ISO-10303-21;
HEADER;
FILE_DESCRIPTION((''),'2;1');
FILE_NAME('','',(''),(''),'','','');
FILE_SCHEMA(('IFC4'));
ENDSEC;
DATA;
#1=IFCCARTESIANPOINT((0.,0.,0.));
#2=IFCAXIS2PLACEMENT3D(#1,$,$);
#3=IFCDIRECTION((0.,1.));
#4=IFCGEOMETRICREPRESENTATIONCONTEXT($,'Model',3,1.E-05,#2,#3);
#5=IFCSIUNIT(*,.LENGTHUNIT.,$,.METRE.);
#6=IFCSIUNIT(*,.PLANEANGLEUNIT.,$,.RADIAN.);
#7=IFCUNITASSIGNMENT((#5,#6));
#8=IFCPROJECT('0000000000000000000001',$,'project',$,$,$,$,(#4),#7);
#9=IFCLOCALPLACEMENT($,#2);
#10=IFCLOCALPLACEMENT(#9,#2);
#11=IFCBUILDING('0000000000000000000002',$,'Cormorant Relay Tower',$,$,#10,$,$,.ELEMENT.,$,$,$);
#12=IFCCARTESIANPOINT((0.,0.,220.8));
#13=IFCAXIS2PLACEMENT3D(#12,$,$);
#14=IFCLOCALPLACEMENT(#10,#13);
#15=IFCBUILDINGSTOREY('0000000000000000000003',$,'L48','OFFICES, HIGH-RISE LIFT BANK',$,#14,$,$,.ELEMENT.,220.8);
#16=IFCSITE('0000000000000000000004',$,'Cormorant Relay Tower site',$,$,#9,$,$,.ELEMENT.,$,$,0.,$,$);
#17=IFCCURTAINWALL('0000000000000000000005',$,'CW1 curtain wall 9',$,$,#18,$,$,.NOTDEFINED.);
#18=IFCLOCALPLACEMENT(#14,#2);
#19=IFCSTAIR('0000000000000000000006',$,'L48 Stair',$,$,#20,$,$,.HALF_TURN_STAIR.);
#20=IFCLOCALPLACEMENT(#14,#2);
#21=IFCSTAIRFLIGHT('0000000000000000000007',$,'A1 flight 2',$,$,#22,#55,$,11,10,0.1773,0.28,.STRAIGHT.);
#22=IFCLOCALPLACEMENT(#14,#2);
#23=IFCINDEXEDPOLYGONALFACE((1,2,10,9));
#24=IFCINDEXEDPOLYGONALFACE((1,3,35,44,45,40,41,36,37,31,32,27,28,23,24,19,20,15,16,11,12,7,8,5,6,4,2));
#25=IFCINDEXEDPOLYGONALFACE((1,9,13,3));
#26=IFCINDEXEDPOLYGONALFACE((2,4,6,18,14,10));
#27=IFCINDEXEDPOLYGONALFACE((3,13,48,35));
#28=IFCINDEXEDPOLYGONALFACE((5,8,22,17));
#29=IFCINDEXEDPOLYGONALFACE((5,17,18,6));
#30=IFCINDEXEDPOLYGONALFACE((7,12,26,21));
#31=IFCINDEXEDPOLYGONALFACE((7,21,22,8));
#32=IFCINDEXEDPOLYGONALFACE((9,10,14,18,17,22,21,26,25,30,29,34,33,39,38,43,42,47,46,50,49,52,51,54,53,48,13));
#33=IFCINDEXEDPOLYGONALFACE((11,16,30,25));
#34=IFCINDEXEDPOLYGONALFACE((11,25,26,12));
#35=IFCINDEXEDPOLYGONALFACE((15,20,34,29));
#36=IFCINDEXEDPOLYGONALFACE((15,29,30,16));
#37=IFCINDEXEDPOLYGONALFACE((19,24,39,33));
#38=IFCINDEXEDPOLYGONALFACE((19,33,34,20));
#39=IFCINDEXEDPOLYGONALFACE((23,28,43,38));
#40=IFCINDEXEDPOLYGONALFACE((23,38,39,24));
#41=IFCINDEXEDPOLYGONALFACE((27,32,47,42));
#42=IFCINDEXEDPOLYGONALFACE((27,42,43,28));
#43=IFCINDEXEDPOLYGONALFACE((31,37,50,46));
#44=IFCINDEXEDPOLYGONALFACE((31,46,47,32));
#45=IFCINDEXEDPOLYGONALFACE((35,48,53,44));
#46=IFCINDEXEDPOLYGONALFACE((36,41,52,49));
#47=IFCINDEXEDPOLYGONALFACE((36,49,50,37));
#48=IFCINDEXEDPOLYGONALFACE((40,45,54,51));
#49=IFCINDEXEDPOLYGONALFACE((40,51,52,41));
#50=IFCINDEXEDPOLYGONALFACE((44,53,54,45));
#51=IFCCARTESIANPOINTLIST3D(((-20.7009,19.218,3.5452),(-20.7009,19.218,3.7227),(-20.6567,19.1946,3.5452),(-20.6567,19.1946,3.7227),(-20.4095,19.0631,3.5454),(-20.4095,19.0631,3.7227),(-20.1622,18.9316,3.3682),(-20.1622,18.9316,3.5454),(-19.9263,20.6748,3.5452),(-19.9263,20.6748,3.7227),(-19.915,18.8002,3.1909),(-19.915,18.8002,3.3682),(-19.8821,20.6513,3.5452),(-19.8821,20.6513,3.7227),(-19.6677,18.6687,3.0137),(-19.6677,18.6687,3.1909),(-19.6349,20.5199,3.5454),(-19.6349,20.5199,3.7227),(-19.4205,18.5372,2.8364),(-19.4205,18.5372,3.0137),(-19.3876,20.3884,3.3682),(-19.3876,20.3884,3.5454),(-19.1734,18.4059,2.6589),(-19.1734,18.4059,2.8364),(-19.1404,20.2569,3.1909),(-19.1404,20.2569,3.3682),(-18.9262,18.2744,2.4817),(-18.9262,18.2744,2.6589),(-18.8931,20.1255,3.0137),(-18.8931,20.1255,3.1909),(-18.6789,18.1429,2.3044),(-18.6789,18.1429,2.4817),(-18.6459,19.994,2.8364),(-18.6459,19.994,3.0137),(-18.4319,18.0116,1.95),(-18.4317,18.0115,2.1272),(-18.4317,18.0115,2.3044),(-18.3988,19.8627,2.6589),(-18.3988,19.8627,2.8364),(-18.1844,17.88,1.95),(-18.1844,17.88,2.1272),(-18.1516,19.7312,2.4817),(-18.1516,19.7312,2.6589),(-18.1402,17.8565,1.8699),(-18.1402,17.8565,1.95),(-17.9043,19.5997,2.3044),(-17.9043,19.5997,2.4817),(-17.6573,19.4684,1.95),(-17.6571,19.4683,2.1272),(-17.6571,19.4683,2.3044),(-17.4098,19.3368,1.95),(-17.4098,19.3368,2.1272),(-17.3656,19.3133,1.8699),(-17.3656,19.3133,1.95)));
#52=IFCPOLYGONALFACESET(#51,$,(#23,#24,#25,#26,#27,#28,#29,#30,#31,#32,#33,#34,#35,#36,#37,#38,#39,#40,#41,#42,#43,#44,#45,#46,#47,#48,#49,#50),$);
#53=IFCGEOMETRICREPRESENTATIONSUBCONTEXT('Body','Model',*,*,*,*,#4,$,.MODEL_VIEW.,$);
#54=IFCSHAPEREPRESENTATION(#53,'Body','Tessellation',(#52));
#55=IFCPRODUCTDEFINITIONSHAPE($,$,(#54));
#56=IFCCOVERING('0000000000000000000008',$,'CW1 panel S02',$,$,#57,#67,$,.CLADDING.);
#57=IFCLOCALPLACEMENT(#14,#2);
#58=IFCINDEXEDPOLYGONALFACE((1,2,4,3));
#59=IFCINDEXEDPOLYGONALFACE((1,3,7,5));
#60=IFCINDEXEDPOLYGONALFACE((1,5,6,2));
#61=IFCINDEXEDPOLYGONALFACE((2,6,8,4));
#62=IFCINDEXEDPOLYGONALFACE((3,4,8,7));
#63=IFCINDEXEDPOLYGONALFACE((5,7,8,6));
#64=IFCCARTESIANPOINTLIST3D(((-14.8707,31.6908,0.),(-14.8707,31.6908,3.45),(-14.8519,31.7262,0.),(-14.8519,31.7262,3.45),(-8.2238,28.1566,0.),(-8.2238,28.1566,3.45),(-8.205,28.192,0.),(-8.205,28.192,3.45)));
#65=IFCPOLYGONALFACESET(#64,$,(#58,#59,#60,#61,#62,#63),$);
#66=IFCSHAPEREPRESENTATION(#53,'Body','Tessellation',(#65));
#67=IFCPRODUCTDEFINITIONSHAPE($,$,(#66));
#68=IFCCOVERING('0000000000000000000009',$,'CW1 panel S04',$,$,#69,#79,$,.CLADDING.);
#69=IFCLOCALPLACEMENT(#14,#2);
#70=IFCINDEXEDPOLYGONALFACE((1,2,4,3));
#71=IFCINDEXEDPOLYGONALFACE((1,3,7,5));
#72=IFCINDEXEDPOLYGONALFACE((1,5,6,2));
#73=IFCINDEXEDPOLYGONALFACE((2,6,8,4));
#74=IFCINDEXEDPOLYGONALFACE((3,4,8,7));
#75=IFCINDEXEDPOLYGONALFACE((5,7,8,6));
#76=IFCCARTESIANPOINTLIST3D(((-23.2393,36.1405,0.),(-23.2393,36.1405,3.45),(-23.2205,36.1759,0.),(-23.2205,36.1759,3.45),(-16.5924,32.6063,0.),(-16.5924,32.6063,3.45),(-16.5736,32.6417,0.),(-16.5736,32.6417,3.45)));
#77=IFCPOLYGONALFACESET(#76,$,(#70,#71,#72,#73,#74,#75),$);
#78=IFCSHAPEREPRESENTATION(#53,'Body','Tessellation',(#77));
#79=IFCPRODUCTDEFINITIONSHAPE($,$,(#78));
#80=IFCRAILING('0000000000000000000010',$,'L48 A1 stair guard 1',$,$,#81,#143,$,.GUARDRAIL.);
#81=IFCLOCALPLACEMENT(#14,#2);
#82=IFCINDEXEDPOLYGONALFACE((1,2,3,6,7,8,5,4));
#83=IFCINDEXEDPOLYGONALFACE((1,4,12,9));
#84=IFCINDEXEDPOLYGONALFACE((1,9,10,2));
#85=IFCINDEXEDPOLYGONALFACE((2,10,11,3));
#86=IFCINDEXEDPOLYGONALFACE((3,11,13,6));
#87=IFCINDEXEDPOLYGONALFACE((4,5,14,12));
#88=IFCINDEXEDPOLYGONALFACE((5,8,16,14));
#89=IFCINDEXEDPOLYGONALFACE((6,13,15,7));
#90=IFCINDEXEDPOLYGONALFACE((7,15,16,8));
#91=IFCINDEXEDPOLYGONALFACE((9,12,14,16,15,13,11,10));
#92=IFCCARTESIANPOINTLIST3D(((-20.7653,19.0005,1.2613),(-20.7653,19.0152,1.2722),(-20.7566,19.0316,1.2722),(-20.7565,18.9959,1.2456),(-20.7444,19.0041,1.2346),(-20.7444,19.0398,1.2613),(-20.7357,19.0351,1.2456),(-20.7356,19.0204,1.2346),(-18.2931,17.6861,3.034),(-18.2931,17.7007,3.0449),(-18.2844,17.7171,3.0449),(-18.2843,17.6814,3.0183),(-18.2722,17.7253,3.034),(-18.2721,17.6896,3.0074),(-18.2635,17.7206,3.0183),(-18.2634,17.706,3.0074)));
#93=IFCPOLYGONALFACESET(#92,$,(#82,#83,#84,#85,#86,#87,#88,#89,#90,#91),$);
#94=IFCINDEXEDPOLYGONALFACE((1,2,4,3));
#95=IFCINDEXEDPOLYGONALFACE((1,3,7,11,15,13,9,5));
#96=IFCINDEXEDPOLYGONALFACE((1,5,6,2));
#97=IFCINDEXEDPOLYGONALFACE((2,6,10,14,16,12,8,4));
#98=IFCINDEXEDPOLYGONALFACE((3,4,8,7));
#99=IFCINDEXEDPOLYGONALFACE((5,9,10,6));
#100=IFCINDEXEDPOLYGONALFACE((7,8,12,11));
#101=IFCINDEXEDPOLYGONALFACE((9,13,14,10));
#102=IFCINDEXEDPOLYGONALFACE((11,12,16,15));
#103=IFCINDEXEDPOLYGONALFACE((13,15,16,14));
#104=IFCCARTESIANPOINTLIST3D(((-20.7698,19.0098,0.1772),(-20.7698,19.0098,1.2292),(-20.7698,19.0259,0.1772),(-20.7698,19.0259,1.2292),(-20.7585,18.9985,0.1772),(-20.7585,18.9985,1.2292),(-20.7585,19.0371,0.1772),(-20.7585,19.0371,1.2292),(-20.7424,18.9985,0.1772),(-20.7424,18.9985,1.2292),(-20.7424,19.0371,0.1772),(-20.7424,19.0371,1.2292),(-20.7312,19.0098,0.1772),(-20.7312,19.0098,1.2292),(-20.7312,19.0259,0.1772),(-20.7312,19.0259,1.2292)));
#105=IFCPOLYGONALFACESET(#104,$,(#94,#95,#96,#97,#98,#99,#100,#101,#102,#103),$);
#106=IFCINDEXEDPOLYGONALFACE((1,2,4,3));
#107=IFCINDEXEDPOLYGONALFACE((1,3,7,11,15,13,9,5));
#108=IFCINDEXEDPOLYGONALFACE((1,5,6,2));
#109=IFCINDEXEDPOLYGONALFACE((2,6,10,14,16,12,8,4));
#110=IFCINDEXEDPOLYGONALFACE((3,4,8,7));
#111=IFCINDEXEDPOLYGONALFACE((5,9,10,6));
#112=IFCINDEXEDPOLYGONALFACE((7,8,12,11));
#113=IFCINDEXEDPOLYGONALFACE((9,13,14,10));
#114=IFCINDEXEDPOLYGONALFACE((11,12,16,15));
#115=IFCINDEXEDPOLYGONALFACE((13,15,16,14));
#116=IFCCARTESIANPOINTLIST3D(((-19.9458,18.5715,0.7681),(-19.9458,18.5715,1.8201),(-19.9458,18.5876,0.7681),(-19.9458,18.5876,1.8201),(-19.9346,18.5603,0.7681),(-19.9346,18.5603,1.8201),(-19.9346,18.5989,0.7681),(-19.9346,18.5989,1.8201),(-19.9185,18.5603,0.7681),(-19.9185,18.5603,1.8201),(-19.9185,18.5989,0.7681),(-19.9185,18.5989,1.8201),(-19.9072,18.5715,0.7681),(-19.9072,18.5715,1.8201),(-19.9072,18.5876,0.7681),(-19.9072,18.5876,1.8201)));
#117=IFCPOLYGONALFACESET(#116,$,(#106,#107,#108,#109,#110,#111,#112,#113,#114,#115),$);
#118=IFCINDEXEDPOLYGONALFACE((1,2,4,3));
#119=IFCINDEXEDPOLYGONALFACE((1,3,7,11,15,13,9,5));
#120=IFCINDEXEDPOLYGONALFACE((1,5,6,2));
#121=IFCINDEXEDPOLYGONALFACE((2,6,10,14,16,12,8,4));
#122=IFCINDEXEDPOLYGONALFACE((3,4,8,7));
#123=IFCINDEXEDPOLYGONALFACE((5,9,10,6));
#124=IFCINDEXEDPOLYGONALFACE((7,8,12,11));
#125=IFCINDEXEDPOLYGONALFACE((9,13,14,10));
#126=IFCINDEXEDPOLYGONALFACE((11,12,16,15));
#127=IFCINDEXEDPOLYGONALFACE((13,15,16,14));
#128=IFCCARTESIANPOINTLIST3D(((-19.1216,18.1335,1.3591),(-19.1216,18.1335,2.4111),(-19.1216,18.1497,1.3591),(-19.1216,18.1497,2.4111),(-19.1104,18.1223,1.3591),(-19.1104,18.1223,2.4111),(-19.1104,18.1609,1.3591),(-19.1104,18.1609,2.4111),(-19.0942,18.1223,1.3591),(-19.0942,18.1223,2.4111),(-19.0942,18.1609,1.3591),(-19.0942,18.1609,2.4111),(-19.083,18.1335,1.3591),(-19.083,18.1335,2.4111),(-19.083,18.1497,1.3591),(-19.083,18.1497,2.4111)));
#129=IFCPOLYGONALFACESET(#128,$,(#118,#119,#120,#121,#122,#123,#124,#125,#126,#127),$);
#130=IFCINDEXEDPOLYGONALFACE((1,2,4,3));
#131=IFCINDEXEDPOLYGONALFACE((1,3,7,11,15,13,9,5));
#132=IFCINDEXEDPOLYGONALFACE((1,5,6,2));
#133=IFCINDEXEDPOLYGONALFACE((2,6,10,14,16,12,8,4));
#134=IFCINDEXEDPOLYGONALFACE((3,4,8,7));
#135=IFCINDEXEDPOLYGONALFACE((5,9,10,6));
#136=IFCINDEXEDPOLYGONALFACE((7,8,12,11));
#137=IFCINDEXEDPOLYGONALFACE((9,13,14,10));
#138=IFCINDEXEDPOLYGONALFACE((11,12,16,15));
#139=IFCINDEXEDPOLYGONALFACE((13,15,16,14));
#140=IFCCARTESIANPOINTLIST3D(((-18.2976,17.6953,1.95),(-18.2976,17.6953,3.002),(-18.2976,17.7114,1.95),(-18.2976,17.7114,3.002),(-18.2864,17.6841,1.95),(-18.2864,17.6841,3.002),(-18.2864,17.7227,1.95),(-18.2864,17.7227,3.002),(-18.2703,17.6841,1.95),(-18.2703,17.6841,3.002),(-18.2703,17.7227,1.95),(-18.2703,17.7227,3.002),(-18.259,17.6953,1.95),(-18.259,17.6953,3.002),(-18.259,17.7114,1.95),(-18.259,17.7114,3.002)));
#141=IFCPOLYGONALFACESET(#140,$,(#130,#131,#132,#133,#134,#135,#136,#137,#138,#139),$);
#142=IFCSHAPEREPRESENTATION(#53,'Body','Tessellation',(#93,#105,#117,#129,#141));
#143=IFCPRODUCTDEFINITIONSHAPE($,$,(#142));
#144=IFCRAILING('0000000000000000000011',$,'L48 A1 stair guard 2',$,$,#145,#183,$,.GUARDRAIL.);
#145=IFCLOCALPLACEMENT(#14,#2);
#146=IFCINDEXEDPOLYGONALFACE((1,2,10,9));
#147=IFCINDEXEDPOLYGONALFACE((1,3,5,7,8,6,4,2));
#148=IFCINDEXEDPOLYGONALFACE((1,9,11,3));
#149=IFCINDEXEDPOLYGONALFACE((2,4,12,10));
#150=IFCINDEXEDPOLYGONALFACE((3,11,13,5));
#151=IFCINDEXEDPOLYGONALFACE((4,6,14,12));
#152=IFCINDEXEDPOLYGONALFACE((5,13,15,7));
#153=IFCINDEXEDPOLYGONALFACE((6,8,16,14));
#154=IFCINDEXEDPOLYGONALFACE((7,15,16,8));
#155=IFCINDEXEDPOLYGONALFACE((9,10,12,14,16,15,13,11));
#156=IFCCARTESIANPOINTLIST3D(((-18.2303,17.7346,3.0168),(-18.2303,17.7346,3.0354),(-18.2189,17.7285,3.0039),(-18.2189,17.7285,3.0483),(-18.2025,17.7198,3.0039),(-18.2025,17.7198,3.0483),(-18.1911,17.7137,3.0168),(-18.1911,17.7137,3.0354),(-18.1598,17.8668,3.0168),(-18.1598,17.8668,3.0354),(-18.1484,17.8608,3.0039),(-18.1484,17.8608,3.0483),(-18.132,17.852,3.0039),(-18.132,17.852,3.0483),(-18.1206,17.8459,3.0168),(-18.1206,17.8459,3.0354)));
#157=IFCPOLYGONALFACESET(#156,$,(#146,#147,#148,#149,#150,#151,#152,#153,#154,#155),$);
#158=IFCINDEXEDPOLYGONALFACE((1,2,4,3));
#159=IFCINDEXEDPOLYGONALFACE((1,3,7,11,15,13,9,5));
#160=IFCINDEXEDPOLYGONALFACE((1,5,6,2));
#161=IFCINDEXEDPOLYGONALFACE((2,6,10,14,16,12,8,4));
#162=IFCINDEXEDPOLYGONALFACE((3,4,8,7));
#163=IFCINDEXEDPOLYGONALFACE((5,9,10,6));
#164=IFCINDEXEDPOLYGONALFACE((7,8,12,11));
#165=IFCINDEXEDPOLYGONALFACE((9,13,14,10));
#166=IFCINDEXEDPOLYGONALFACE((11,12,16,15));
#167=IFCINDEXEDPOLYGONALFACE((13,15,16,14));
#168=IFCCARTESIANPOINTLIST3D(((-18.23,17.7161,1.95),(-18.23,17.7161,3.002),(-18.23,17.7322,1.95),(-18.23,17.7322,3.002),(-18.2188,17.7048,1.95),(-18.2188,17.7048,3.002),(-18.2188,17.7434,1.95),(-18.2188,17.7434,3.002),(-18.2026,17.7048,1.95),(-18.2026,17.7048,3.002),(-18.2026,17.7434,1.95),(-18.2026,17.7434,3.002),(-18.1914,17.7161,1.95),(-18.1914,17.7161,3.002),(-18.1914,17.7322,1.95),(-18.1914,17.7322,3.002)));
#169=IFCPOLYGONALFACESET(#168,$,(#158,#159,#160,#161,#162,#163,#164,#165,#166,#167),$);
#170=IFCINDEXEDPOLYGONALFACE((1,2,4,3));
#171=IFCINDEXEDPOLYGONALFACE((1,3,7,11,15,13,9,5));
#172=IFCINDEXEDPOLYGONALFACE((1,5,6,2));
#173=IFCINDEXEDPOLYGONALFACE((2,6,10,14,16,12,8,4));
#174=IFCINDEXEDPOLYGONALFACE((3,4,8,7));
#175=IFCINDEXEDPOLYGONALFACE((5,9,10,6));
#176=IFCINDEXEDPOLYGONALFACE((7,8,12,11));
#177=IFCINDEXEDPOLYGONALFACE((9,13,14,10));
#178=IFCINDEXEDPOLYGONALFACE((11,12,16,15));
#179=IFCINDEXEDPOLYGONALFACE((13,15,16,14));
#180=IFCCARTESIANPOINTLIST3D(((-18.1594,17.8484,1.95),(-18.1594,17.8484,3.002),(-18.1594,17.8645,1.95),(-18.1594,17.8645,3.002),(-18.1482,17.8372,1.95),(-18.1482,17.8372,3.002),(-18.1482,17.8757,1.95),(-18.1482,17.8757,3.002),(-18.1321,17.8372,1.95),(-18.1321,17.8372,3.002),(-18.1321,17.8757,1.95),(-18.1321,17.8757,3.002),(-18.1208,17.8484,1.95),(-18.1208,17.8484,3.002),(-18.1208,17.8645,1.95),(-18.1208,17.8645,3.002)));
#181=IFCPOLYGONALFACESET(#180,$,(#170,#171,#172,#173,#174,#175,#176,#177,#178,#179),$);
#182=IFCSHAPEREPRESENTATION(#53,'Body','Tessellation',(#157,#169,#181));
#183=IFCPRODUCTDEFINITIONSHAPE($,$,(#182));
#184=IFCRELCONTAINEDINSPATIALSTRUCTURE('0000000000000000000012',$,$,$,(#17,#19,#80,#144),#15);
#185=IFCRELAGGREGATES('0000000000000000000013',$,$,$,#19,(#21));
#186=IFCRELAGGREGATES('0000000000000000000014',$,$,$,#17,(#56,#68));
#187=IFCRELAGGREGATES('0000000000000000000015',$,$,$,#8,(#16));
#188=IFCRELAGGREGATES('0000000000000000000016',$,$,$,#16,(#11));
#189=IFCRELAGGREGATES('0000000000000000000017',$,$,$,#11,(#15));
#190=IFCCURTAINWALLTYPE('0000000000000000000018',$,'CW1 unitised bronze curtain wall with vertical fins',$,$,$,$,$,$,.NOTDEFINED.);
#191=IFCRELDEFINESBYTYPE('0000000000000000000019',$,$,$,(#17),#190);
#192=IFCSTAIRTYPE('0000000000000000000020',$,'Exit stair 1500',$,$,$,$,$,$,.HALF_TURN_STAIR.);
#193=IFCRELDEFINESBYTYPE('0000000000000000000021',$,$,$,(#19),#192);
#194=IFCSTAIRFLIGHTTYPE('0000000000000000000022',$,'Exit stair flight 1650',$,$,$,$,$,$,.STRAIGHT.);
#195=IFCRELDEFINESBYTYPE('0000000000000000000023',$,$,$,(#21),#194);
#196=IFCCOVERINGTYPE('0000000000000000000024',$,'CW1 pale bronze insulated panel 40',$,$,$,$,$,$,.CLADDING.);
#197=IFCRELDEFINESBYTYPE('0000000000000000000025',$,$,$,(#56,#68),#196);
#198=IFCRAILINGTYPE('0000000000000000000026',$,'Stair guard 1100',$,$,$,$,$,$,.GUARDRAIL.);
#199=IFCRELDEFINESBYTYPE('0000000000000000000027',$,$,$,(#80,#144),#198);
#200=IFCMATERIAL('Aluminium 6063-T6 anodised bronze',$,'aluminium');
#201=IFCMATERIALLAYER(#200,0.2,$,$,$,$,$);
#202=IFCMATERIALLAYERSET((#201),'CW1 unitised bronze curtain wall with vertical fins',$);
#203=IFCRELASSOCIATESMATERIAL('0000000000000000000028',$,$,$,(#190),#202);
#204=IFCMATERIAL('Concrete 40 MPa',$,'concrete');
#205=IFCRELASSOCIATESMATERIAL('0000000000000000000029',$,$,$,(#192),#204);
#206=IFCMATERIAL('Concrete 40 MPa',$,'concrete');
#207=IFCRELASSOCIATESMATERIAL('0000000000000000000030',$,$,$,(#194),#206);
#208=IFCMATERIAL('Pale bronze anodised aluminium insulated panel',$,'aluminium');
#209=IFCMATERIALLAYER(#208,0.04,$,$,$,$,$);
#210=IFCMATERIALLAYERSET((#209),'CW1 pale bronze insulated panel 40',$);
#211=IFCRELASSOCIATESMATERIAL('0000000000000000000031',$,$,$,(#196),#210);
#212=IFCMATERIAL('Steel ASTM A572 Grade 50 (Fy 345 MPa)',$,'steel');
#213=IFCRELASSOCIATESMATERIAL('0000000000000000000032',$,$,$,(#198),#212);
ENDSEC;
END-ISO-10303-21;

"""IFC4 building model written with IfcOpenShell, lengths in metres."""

from ifc_helpers import new_model, si_unit, direction, frame, origin, origin_2d, place, context, subcontext, project, spatial, polyline, rectangle, outline, extrude, material, layer, layer_set, type_object, element, aggregate, save


model = new_model("IFC4")

# Units and contexts
model_context = context("Model", 3, precision=1e-05, world=origin(), true_north=direction((0.0, 1.0)))
body_context = subcontext(model_context, "Body", "Model", "MODEL_VIEW")
ifc_project = project(units=[si_unit("LENGTHUNIT", "METRE"), si_unit("PLANEANGLEUNIT", "RADIAN")], contexts=[model_context])

# Site, building, storey
site_placement = place(None, origin())
site = spatial("IfcSite", under=ifc_project, at=site_placement, Name="Cormorant Relay Tower site", CompositionType="ELEMENT", RefElevation=0.0)
building_placement = place(site_placement, origin())
building = spatial("IfcBuilding", under=site, at=building_placement, Name="Cormorant Relay Tower", CompositionType="ELEMENT")
storey_placement = place(building_placement, frame((0.0, 0.0, 220.8)))
storey = spatial("IfcBuildingStorey", under=building, at=storey_placement, Name="L48", Description="OFFICES, HIGH-RISE LIFT BANK", CompositionType="ELEMENT", Elevation=220.8)

# Curtain wall
ifc_material_1 = material(Name="Aluminium 6063-T6 anodised bronze", Category="aluminium")
ifc_layer_1 = layer(ifc_material_1, 0.2)
ifc_layer_set_1 = layer_set([ifc_layer_1], Name="CW1 unitised bronze curtain wall with vertical fins")
curtain_wall_type = type_object("IfcCurtainWallType", Name="CW1 unitised bronze curtain wall with vertical fins", PredefinedType="NOTDEFINED", material=ifc_layer_set_1)
curtain_wall_placement = place(storey_placement, origin())
curtain_wall = element("IfcCurtainWall", 1, at=curtain_wall_placement, inside=storey, type_object=curtain_wall_type, Name="CW1 curtain wall 9", PredefinedType="NOTDEFINED")

# Stair, stair flight
ifc_material_2 = material(Name="Concrete 40 MPa", Category="concrete")
stair_type = type_object("IfcStairType", Name="Exit stair 1500", PredefinedType="HALF_TURN_STAIR", material=ifc_material_2)
stair_placement = place(storey_placement, origin())
stair = element("IfcStair", 2, at=stair_placement, inside=storey, type_object=stair_type, Name="L48 Stair", PredefinedType="HALF_TURN_STAIR")
ifc_material_3 = material(Name="Concrete 40 MPa", Category="concrete")
stair_flight_type = type_object("IfcStairFlightType", Name="Exit stair flight 1650", PredefinedType="STRAIGHT", material=ifc_material_3)
stair_flight_1_placement = place(storey_placement, frame((-17.7971, 18.6084, 1.95), z_axis=(0.0, 0.0, 1.0), x_axis=(-0.882948, 0.469472, 0.0)))
stair_flight_1 = element("IfcStairFlight", 3, at=stair_flight_1_placement, type_object=stair_flight_type, Name="A1 flight 2", NumberOfRisers=11, NumberOfTreads=10, PredefinedType="STRAIGHT", RiserHeight=0.1773, TreadLength=0.28, context=body_context, shape_type="SweptSolid", body=[
    extrude(outline(polyline([(-0.05, -0.0801), (-0.05, 0.0), (0.0, 0.0), (0.0, 0.1772), (0.28, 0.1772), (0.28, 0.3545), (0.5601, 0.3545), (0.5601, 0.5317), (0.8401, 0.5317), (0.8401, 0.709), (1.1201, 0.709), (1.1201, 0.8865), (1.3999, 0.8865), (1.3999, 1.0637), (1.6799, 1.0637), (1.6799, 1.241), (1.96, 1.241), (1.96, 1.4182), (2.24, 1.4182), (2.24, 1.5955), (2.52, 1.5955), (2.52, 1.7727), (2.8, 1.7727), (2.8501, 1.7727), (2.8501, 1.5952), (2.8, 1.5952), (0.2803, 0.0), (-0.05, -0.0801)])), frame((0.0, 0.825, 0.0), z_axis=(0.0, -1.0, 0.0), x_axis=(1.0, 0.0, 0.0)), (0.0, 0.0, 1.0), 1.6499),
])
aggregate(stair, [stair_flight_1])

# Coverings
ifc_material_4 = material(Name="Pale bronze anodised aluminium insulated panel", Category="aluminium")
ifc_layer_2 = layer(ifc_material_4, 0.04)
ifc_layer_set_2 = layer_set([ifc_layer_2], Name="CW1 pale bronze insulated panel 40")
covering_type = type_object("IfcCoveringType", Name="CW1 pale bronze insulated panel 40", PredefinedType="CLADDING", material=ifc_layer_set_2)
covering_1_placement = place(storey_placement, frame((-11.5378, 29.9414, 0.0), z_axis=(0.0, 0.0, 1.0), x_axis=(-0.882948, 0.469472, 0.0)))
covering_1 = element("IfcCovering", 4, at=covering_1_placement, type_object=covering_type, Name="CW1 panel S02", PredefinedType="CLADDING", context=body_context, shape_type="SweptSolid", body=[
    extrude(rectangle(XDim=7.5281, YDim=0.04, at=origin_2d()), origin(), (0.0, 0.0, 1.0), 3.45),
])
covering_2_placement = place(storey_placement, frame((-19.9065, 34.3911, 0.0), z_axis=(0.0, 0.0, 1.0), x_axis=(-0.882948, 0.469472, 0.0)))
covering_2 = element("IfcCovering", 5, at=covering_2_placement, type_object=covering_type, Name="CW1 panel S04", PredefinedType="CLADDING", context=body_context, shape_type="SweptSolid", body=[
    extrude(rectangle(XDim=7.5281, YDim=0.04, at=origin_2d()), origin(), (0.0, 0.0, 1.0), 3.45),
])
aggregate(curtain_wall, [covering_1, covering_2])

# Railings
ifc_material_5 = material(Name="Steel ASTM A572 Grade 50 (Fy 345 MPa)", Category="steel")
railing_type_1 = type_object("IfcRailingType", Name="Stair guard 1100", PredefinedType="GUARDRAIL", material=ifc_material_5)
railing_1_placement = place(storey_placement, frame((-20.7505, 19.0178, 0.1772)))
element("IfcRailing", 6, at=railing_1_placement, inside=storey, type_object=railing_type_1, Name="L48 A1 stair guard 1", PredefinedType="GUARDRAIL", context=body_context, shape_type="SweptSolid", body=[
    extrude(outline(polyline([(0.0222, 0.0093), (0.0093, 0.0222), (-0.0093, 0.0222), (-0.0222, 0.0093), (-0.0222, -0.0093), (-0.0093, -0.0222), (0.0093, -0.0222), (0.0222, -0.0093), (0.0222, 0.0093)])), frame((0.0, 0.0, 1.0762), z_axis=(0.746001, -0.396649, 0.534931), x_axis=(0.469465, 0.882951, 0.0)), (0.0, 0.0, 1.0), 3.314),
    extrude(outline(polyline([(0.0193, 0.0081), (0.0081, 0.0193), (-0.0081, 0.0193), (-0.0193, 0.0081), (-0.0193, -0.0081), (-0.0081, -0.0193), (0.0081, -0.0193), (0.0193, -0.0081), (0.0193, 0.0081)])), origin(), (0.0, 0.0, 1.0), 1.052),
    extrude(outline(polyline([(0.0193, 0.0081), (0.0081, 0.0193), (-0.0081, 0.0193), (-0.0193, 0.0081), (-0.0193, -0.0081), (-0.0081, -0.0193), (0.0081, -0.0193), (0.0193, -0.0081), (0.0193, 0.0081)])), frame((0.824, -0.4382, 0.5908)), (0.0, 0.0, 1.0), 1.052),
    extrude(outline(polyline([(0.0193, 0.0081), (0.0081, 0.0193), (-0.0081, 0.0193), (-0.0193, 0.0081), (-0.0193, -0.0081), (-0.0081, -0.0193), (0.0081, -0.0193), (0.0193, -0.0081), (0.0193, 0.0081)])), frame((1.6482, -0.8762, 1.1819)), (0.0, 0.0, 1.0), 1.052),
    extrude(outline(polyline([(0.0193, 0.0081), (0.0081, 0.0193), (-0.0081, 0.0193), (-0.0193, 0.0081), (-0.0193, -0.0081), (-0.0081, -0.0193), (0.0081, -0.0193), (0.0193, -0.0081), (0.0193, 0.0081)])), frame((2.4722, -1.3145, 1.7727)), (0.0, 0.0, 1.0), 1.052),
])
railing_2_placement = place(storey_placement, frame((-18.2107, 17.7241, 1.95)))
element("IfcRailing", 7, at=railing_2_placement, inside=storey, type_object=railing_type_1, Name="L48 A1 stair guard 2", PredefinedType="GUARDRAIL", context=body_context, shape_type="SweptSolid", body=[
    extrude(outline(polyline([(0.0222, 0.0093), (0.0093, 0.0222), (-0.0093, 0.0222), (-0.0222, 0.0093), (-0.0222, -0.0093), (-0.0093, -0.0222), (0.0093, -0.0222), (0.0222, -0.0093), (0.0222, 0.0093)])), frame((0.0, 0.0, 1.0762), z_axis=(0.470504, 0.882398, 0.0), x_axis=(-0.882398, 0.470504, 0.0)), (0.0, 0.0, 1.0), 0.1499),
    extrude(outline(polyline([(0.0193, 0.0081), (0.0081, 0.0193), (-0.0081, 0.0193), (-0.0193, 0.0081), (-0.0193, -0.0081), (-0.0081, -0.0193), (0.0081, -0.0193), (0.0193, -0.0081), (0.0193, 0.0081)])), origin(), (0.0, 0.0, 1.0), 1.052),
    extrude(outline(polyline([(0.0193, 0.0081), (0.0081, 0.0193), (-0.0081, 0.0193), (-0.0193, 0.0081), (-0.0193, -0.0081), (-0.0081, -0.0193), (0.0081, -0.0193), (0.0193, -0.0081), (0.0193, 0.0081)])), frame((0.0706, 0.1323, 0.0)), (0.0, 0.0, 1.0), 1.052),
])

save(model, "model.ifc")
